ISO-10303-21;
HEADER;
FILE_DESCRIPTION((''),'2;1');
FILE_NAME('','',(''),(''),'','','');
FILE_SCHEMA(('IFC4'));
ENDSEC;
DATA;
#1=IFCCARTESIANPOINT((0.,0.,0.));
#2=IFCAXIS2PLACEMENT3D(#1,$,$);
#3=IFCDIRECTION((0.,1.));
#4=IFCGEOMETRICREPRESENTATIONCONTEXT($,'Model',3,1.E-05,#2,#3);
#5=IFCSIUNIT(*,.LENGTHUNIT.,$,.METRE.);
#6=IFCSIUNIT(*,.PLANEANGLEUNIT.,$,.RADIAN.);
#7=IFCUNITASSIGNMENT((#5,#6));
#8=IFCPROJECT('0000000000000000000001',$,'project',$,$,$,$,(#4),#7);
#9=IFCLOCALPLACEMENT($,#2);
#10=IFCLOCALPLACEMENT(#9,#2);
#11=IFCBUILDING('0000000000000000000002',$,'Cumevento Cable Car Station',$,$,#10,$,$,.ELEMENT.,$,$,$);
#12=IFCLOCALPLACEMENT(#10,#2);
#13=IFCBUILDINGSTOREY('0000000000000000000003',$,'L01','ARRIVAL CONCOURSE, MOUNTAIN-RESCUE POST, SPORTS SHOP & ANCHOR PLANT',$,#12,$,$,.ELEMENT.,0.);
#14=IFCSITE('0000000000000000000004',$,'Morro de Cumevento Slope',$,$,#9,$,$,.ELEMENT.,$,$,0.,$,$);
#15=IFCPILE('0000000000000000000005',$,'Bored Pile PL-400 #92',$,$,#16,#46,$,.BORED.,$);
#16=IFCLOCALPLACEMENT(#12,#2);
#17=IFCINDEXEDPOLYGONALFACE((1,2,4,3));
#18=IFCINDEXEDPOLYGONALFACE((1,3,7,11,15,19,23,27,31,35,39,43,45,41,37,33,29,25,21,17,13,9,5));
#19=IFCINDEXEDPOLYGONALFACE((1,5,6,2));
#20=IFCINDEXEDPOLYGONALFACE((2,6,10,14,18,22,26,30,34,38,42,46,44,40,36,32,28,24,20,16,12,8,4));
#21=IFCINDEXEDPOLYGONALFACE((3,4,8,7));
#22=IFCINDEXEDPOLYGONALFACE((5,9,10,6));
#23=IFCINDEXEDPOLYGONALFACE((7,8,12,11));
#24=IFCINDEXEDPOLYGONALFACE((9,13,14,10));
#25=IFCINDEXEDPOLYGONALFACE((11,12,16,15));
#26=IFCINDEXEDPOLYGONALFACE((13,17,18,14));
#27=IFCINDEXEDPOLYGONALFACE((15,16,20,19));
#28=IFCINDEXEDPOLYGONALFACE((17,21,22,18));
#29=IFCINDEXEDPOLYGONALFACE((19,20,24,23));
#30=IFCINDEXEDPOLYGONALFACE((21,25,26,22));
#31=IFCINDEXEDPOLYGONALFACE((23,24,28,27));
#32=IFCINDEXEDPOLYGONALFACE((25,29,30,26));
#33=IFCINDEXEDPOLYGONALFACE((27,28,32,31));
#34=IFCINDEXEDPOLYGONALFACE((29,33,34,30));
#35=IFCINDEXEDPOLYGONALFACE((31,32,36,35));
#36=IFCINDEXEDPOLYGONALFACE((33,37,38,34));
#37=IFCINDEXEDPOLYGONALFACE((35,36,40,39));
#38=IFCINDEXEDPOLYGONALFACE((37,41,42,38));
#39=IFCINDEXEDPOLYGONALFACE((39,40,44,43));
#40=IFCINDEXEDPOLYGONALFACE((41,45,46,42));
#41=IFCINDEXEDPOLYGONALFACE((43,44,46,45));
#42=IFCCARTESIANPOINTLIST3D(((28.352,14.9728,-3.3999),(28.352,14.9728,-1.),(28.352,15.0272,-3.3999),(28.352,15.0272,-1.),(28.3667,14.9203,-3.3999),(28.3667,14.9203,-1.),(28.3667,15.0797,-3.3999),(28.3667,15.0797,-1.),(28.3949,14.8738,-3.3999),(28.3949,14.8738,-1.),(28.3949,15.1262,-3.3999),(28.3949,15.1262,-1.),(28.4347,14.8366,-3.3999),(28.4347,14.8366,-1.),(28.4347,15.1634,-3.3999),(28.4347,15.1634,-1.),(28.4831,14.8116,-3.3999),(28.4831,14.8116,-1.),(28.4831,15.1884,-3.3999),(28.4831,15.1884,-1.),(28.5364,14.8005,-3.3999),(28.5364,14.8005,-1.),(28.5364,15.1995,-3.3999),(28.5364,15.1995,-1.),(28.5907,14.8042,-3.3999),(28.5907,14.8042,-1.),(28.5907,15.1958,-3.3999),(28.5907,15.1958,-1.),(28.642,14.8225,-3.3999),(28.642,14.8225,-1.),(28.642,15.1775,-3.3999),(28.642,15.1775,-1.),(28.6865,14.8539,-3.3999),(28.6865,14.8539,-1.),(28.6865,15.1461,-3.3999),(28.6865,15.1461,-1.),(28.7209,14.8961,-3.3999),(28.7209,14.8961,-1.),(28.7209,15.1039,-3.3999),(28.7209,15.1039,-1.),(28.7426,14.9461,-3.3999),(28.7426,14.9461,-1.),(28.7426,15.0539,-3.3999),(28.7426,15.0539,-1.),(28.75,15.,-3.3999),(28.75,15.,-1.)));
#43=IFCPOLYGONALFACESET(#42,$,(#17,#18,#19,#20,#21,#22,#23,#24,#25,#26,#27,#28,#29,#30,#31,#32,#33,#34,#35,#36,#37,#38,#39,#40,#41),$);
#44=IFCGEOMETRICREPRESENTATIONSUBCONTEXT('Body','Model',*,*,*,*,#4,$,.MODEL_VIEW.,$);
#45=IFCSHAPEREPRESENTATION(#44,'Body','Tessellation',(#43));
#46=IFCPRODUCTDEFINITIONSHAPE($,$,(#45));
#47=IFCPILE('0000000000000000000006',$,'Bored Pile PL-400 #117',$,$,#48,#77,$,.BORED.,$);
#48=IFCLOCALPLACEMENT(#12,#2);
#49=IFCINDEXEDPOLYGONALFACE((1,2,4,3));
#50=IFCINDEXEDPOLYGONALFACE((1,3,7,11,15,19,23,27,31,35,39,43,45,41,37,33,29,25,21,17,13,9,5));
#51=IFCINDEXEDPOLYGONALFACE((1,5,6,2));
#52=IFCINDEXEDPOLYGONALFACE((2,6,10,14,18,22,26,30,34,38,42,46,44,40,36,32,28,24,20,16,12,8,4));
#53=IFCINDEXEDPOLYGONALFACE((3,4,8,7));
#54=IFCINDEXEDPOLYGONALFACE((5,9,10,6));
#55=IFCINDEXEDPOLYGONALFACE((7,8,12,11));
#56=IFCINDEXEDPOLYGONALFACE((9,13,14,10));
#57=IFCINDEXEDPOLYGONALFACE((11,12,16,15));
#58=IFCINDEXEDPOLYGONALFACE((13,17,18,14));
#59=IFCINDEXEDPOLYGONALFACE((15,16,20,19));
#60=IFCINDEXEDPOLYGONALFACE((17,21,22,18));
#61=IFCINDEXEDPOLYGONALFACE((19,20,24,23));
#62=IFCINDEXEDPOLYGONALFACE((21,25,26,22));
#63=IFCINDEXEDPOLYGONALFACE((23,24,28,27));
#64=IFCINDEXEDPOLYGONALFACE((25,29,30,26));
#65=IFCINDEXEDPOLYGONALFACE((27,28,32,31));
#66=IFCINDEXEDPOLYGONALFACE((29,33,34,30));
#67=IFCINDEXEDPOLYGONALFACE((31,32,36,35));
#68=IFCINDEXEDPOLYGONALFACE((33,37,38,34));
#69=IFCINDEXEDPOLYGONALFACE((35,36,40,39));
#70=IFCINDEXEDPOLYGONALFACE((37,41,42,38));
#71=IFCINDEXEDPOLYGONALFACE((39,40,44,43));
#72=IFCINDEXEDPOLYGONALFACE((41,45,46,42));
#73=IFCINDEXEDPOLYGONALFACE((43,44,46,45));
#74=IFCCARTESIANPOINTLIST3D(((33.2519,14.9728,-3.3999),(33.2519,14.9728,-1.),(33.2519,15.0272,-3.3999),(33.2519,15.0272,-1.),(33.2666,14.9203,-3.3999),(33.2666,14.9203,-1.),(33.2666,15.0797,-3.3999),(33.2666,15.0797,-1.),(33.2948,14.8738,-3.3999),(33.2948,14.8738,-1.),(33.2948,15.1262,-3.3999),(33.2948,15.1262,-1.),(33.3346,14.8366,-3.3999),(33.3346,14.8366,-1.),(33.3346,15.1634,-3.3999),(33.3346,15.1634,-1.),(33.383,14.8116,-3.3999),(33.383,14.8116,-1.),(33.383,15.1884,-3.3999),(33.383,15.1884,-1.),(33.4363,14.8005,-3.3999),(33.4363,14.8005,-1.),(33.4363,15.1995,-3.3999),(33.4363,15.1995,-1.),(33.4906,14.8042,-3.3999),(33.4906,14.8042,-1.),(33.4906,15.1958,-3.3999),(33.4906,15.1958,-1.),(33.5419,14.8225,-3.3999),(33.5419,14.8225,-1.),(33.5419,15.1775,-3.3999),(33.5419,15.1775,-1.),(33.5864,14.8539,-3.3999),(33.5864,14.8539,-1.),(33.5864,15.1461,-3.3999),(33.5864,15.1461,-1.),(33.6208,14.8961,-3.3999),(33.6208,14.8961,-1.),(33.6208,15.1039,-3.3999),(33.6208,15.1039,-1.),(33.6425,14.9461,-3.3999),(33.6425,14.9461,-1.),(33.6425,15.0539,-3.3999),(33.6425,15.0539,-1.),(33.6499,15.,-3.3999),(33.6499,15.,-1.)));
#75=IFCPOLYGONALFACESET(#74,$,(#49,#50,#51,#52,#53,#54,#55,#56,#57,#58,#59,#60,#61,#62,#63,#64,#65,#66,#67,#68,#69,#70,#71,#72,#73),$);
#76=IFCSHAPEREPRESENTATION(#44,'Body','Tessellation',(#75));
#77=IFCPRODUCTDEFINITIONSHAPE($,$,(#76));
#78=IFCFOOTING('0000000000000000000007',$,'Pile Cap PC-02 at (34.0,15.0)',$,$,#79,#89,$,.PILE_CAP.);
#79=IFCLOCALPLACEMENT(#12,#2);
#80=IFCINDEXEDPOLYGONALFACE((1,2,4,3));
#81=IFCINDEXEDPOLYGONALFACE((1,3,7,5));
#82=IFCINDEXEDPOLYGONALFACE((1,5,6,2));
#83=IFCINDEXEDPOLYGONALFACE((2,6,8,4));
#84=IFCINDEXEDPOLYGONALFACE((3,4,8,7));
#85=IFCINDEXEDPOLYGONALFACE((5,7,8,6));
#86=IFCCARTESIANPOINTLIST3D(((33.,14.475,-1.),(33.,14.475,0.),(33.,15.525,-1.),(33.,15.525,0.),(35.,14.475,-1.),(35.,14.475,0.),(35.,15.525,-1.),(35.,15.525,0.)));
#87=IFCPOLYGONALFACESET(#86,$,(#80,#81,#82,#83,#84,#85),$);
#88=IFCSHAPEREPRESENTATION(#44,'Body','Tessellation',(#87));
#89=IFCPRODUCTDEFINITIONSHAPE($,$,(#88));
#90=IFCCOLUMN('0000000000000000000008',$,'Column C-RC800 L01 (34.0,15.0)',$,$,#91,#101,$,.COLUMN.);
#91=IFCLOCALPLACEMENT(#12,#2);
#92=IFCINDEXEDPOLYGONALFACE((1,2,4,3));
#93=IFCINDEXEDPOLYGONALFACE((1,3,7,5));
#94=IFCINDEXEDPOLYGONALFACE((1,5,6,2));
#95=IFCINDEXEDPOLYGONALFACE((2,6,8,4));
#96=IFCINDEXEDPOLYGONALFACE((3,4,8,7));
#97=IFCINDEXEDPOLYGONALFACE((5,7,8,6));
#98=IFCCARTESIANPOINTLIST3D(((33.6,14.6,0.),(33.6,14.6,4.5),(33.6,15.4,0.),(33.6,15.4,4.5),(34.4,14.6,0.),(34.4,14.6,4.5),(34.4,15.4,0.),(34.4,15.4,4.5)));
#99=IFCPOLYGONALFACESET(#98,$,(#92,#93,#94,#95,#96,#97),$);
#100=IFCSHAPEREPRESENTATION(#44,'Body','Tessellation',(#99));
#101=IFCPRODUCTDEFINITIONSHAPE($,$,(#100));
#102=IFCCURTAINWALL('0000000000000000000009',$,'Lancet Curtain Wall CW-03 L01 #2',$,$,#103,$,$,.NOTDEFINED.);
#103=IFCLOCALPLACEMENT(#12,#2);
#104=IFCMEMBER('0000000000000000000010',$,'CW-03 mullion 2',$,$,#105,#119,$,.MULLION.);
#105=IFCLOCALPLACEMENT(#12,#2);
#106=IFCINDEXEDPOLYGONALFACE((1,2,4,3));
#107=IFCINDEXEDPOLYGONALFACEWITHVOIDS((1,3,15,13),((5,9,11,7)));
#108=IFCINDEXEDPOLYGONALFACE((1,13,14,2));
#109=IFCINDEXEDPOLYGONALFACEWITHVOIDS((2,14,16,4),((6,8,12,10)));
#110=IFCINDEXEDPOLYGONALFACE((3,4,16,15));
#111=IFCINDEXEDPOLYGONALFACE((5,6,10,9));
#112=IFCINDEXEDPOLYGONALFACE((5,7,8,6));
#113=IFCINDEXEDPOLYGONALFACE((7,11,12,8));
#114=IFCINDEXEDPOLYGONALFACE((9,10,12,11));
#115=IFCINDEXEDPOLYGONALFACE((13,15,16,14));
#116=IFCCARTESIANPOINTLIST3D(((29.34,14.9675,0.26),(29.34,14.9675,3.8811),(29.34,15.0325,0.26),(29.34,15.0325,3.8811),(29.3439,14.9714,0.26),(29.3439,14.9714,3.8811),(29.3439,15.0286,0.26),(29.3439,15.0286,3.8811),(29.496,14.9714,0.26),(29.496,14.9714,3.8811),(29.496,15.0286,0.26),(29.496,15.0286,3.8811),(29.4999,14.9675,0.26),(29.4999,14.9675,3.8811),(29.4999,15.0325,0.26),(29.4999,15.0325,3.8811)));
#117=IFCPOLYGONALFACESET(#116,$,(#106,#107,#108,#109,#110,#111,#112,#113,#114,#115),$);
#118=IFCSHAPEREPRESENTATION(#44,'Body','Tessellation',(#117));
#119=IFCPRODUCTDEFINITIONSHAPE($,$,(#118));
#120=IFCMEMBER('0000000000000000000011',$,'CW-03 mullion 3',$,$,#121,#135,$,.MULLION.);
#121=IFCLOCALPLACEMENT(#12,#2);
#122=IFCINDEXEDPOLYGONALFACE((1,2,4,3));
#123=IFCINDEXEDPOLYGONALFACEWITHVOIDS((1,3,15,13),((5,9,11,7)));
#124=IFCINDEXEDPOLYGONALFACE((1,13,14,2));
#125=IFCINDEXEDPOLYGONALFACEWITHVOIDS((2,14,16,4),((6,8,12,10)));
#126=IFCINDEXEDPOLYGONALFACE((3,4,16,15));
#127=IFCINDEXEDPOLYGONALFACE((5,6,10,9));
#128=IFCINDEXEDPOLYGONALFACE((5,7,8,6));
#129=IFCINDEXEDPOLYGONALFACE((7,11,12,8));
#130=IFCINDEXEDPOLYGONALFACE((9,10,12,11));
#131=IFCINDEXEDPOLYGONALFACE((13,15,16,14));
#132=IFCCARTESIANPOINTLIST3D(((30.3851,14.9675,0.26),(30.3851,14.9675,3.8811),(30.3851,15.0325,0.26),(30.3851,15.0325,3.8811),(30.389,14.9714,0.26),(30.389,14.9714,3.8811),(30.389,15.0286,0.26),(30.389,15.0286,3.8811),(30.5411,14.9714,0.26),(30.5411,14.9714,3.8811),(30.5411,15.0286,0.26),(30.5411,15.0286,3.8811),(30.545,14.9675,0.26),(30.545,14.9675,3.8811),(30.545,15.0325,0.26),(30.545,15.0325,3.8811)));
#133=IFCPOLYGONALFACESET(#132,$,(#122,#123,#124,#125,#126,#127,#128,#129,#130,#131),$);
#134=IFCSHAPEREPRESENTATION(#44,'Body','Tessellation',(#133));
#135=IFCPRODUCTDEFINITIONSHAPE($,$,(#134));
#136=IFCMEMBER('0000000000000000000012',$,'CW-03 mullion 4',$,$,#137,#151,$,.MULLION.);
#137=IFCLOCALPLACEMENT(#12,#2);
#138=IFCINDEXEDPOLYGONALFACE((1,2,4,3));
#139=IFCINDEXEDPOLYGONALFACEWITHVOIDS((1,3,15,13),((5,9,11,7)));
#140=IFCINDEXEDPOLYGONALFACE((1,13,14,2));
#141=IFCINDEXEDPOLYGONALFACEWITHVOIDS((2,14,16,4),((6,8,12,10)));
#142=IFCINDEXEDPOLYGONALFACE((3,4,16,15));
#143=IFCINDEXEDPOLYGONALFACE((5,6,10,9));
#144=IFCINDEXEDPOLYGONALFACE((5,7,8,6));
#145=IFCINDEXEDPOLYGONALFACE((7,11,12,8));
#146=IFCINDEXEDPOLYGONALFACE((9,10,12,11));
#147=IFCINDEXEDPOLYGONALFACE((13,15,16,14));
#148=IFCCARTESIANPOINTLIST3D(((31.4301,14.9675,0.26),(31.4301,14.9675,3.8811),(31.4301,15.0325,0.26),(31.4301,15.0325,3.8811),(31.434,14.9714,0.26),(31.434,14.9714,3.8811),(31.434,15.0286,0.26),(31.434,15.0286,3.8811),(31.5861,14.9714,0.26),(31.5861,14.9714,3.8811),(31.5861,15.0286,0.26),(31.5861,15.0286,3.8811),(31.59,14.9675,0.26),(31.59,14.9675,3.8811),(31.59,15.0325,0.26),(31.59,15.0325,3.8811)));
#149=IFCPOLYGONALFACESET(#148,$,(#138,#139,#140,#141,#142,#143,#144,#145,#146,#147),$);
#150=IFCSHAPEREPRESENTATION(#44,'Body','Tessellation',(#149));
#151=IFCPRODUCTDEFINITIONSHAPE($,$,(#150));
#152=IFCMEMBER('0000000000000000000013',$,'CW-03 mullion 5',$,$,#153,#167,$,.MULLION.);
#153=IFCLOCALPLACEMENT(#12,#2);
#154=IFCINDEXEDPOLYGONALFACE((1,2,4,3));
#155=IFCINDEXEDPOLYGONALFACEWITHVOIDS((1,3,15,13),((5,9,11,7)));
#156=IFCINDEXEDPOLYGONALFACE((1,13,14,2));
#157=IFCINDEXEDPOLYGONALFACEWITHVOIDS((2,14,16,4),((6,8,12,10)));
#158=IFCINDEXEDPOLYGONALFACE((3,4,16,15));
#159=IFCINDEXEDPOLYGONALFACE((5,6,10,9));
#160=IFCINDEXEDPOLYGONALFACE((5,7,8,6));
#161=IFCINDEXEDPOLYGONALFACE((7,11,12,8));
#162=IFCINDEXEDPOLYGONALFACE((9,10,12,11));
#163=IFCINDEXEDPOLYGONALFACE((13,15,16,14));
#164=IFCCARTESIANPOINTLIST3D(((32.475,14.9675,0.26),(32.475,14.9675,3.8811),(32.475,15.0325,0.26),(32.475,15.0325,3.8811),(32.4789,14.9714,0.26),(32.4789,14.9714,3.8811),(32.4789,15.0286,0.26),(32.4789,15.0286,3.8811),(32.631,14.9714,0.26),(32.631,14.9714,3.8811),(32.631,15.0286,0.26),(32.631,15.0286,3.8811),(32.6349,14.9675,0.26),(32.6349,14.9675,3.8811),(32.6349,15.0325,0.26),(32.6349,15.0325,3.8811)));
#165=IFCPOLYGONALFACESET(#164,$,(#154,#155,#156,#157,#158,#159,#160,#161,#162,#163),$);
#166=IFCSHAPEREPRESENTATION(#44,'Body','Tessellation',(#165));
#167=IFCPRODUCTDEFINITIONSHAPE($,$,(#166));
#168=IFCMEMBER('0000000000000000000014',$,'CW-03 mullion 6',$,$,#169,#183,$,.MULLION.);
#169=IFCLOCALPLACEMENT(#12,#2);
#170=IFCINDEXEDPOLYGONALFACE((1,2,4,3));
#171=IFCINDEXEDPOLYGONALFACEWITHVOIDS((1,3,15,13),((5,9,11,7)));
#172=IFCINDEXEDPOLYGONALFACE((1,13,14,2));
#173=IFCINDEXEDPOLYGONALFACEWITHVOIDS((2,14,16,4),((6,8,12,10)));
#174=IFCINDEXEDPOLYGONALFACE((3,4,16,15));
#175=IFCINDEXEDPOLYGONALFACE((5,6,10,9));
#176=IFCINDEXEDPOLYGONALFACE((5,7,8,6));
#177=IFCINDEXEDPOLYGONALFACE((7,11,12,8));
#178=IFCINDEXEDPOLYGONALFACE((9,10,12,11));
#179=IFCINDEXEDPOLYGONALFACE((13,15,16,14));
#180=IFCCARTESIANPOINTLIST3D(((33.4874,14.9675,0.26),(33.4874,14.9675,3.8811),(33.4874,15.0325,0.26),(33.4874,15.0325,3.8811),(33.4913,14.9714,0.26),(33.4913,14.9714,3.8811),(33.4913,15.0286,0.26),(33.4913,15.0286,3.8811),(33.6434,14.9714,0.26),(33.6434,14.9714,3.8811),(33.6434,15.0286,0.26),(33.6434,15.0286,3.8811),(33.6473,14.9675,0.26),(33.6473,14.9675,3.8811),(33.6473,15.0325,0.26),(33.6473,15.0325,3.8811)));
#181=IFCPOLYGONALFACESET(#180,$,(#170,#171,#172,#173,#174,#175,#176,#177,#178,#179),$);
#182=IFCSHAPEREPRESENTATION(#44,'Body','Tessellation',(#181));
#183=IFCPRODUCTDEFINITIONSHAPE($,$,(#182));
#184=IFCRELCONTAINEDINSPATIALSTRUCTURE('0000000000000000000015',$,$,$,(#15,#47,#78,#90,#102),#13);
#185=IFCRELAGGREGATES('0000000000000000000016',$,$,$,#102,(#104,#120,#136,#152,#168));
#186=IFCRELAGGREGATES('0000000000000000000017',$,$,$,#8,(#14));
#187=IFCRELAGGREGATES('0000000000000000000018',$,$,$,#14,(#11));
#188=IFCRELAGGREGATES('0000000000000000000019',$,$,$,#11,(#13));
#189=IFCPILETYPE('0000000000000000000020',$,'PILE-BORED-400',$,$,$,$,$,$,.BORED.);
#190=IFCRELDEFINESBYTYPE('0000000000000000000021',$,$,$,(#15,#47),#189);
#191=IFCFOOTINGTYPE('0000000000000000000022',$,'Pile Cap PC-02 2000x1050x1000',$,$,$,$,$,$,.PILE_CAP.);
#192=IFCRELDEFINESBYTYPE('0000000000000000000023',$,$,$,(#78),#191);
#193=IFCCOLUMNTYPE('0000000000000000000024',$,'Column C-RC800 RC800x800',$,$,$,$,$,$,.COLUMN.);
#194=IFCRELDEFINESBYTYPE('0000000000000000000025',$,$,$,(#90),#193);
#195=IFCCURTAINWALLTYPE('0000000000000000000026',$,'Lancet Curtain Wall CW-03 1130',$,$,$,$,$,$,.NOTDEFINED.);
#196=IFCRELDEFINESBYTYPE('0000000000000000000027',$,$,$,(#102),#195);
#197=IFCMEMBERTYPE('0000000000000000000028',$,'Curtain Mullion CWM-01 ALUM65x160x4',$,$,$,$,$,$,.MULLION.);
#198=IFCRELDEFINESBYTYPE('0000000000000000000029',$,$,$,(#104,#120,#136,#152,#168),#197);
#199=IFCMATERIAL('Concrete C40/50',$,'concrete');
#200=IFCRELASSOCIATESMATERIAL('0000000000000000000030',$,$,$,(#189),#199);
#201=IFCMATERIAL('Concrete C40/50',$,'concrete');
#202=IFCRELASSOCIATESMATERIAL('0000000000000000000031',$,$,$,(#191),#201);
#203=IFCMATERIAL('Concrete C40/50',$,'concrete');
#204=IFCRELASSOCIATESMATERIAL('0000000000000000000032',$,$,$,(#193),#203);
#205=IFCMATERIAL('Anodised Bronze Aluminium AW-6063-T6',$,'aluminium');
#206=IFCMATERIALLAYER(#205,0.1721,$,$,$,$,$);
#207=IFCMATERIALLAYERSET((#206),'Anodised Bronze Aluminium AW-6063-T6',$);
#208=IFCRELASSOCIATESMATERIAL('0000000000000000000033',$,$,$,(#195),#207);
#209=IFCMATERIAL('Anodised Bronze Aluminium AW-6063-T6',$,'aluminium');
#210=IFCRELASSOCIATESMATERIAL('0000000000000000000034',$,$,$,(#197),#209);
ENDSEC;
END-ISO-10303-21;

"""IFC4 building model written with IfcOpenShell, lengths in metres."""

from ifc_helpers import new_model, si_unit, direction, frame, origin, origin_2d, place, context, subcontext, project, spatial, rectangle, hollow_rectangle, circle, extrude, material, layer, layer_set, material_profile, profile_set, type_object, element, aggregate, save


model = new_model("IFC4")

# Units and contexts
model_context = context("Model", 3, precision=1e-05, world=origin(), true_north=direction((0.0, 1.0)))
body_context = subcontext(model_context, "Body", "Model", "MODEL_VIEW")
ifc_project = project(units=[si_unit("LENGTHUNIT", "METRE"), si_unit("PLANEANGLEUNIT", "RADIAN")], contexts=[model_context])

# Site, building, storey
site_placement = place(None, origin())
site = spatial("IfcSite", under=ifc_project, at=site_placement, Name="Morro de Cumevento Slope", CompositionType="ELEMENT", RefElevation=0.0)
building_placement = place(site_placement, origin())
building = spatial("IfcBuilding", under=site, at=building_placement, Name="Cumevento Cable Car Station", CompositionType="ELEMENT")
storey_placement = place(building_placement, origin())
storey = spatial("IfcBuildingStorey", under=building, at=storey_placement, Name="L01", Description="ARRIVAL CONCOURSE, MOUNTAIN-RESCUE POST, SPORTS SHOP & ANCHOR PLANT", CompositionType="ELEMENT", Elevation=0.0)

# Piles
ifc_material_1 = material(Name="Concrete C40/50", Category="concrete")
ifc_material_profile_1 = material_profile(ifc_material_1, circle(Radius=0.2, at=origin_2d()), Name="PILE-D400")
ifc_profile_set_1 = profile_set([ifc_material_profile_1], Name="Concrete C40/50")
pile_type = type_object("IfcPileType", Name="PILE-BORED-400", PredefinedType="BORED", material=ifc_profile_set_1)
for number, where, z_axis, x_axis, name in (
    (1, (28.55, 15.0, -1.0), (0.0, 0.0, -1.0), (1.0, 0.0, 0.0), "Bored Pile PL-400 #92"),
    (2, (33.45, 15.0, -1.0), (0.0, 0.0, -1.0), (1.0, 0.0, 0.0), "Bored Pile PL-400 #117"),
):
    element("IfcPile", number, at=place(storey_placement, frame(where, z_axis=z_axis, x_axis=x_axis)), inside=storey, type_object=pile_type, Name=name, PredefinedType="BORED", context=body_context, shape_type="SweptSolid", body=[
        extrude(circle(Radius=0.2, at=origin_2d()), origin(), (0.0, 0.0, 1.0), 2.3999),
    ])

# Footing
ifc_material_2 = material(Name="Concrete C40/50", Category="concrete")
footing_type = type_object("IfcFootingType", Name="Pile Cap PC-02 2000x1050x1000", PredefinedType="PILE_CAP", material=ifc_material_2)
footing_placement = place(storey_placement, frame((34.0, 15.0, -1.0), z_axis=(0.0, 0.0, 1.0), x_axis=(1.0, 0.0, 0.0)))
element("IfcFooting", 3, at=footing_placement, inside=storey, type_object=footing_type, Name="Pile Cap PC-02 at (34.0,15.0)", PredefinedType="PILE_CAP", context=body_context, shape_type="SweptSolid", body=[
    extrude(rectangle(XDim=2.0, YDim=1.05, at=origin_2d()), origin(), (0.0, 0.0, 1.0), 1.0),
])

# Column
ifc_material_3 = material(Name="Concrete C40/50", Category="concrete")
ifc_material_profile_2 = material_profile(ifc_material_3, rectangle(XDim=0.8, YDim=0.8, at=origin_2d()), Name="RC800x800")
ifc_profile_set_2 = profile_set([ifc_material_profile_2], Name="Concrete C40/50")
column_type = type_object("IfcColumnType", Name="Column C-RC800 RC800x800", PredefinedType="COLUMN", material=ifc_profile_set_2)
column_placement = place(storey_placement, frame((34.0, 15.0, 0.0), z_axis=(0.0, 0.0, 1.0), x_axis=(1.0, 0.0, 0.0)))
element("IfcColumn", 4, at=column_placement, inside=storey, type_object=column_type, Name="Column C-RC800 L01 (34.0,15.0)", PredefinedType="COLUMN", context=body_context, shape_type="SweptSolid", body=[
    extrude(rectangle(XDim=0.8, YDim=0.8, at=origin_2d()), origin(), (0.0, 0.0, 1.0), 4.5),
])

# Curtain wall, members
ifc_material_4 = material(Name="Anodised Bronze Aluminium AW-6063-T6", Category="aluminium")
ifc_layer_1 = layer(ifc_material_4, 0.1721)
ifc_layer_set_1 = layer_set([ifc_layer_1], Name="Anodised Bronze Aluminium AW-6063-T6")
curtain_wall_type = type_object("IfcCurtainWallType", Name="Lancet Curtain Wall CW-03 1130", PredefinedType="NOTDEFINED", material=ifc_layer_set_1)
curtain_wall_placement = place(storey_placement, origin())
curtain_wall = element("IfcCurtainWall", 5, at=curtain_wall_placement, inside=storey, type_object=curtain_wall_type, Name="Lancet Curtain Wall CW-03 L01 #2", PredefinedType="NOTDEFINED")
ifc_material_5 = material(Name="Anodised Bronze Aluminium AW-6063-T6", Category="aluminium")
ifc_material_profile_3 = material_profile(ifc_material_5, hollow_rectangle(XDim=0.0649, YDim=0.1599, WallThickness=0.0039, at=origin_2d()), Name="ALUM65x160x4")
ifc_profile_set_3 = profile_set([ifc_material_profile_3], Name="Anodised Bronze Aluminium AW-6063-T6")
member_type_1 = type_object("IfcMemberType", Name="Curtain Mullion CWM-01 ALUM65x160x4", PredefinedType="MULLION", material=ifc_profile_set_3)
member_1_placement = place(storey_placement, frame((29.4199, 15.0, 0.26), z_axis=(0.0, 0.0, 1.0), x_axis=(0.0, 1.0, 0.0)))
member_1 = element("IfcMember", 6, at=member_1_placement, type_object=member_type_1, Name="CW-03 mullion 2", PredefinedType="MULLION", context=body_context, shape_type="SweptSolid", body=[
    extrude(hollow_rectangle(XDim=0.0649, YDim=0.1599, WallThickness=0.0039, at=origin_2d()), origin(), (0.0, 0.0, 1.0), 3.6211),
])
member_2_placement = place(storey_placement, frame((30.4651, 15.0, 0.26), z_axis=(0.0, 0.0, 1.0), x_axis=(0.0, 1.0, 0.0)))
member_2 = element("IfcMember", 7, at=member_2_placement, type_object=member_type_1, Name="CW-03 mullion 3", PredefinedType="MULLION", context=body_context, shape_type="SweptSolid", body=[
    extrude(hollow_rectangle(XDim=0.0649, YDim=0.1599, WallThickness=0.0039, at=origin_2d()), origin(), (0.0, 0.0, 1.0), 3.6211),
])
member_3_placement = place(storey_placement, frame((31.51, 15.0, 0.26), z_axis=(0.0, 0.0, 1.0), x_axis=(0.0, 1.0, 0.0)))
member_3 = element("IfcMember", 8, at=member_3_placement, type_object=member_type_1, Name="CW-03 mullion 4", PredefinedType="MULLION", context=body_context, shape_type="SweptSolid", body=[
    extrude(hollow_rectangle(XDim=0.0649, YDim=0.1599, WallThickness=0.0039, at=origin_2d()), origin(), (0.0, 0.0, 1.0), 3.6211),
])
member_4_placement = place(storey_placement, frame((32.5549, 15.0, 0.26), z_axis=(0.0, 0.0, 1.0), x_axis=(0.0, 1.0, 0.0)))
member_4 = element("IfcMember", 9, at=member_4_placement, type_object=member_type_1, Name="CW-03 mullion 5", PredefinedType="MULLION", context=body_context, shape_type="SweptSolid", body=[
    extrude(hollow_rectangle(XDim=0.0649, YDim=0.1599, WallThickness=0.0039, at=origin_2d()), origin(), (0.0, 0.0, 1.0), 3.6211),
])
member_5_placement = place(storey_placement, frame((33.5674, 15.0, 0.26), z_axis=(0.0, 0.0, 1.0), x_axis=(0.0, 1.0, 0.0)))
member_5 = element("IfcMember", 10, at=member_5_placement, type_object=member_type_1, Name="CW-03 mullion 6", PredefinedType="MULLION", context=body_context, shape_type="SweptSolid", body=[
    extrude(hollow_rectangle(XDim=0.0649, YDim=0.1599, WallThickness=0.0039, at=origin_2d()), origin(), (0.0, 0.0, 1.0), 3.6211),
])
aggregate(curtain_wall, [member_1, member_2, member_3, member_4, member_5])

save(model, "model.ifc")
